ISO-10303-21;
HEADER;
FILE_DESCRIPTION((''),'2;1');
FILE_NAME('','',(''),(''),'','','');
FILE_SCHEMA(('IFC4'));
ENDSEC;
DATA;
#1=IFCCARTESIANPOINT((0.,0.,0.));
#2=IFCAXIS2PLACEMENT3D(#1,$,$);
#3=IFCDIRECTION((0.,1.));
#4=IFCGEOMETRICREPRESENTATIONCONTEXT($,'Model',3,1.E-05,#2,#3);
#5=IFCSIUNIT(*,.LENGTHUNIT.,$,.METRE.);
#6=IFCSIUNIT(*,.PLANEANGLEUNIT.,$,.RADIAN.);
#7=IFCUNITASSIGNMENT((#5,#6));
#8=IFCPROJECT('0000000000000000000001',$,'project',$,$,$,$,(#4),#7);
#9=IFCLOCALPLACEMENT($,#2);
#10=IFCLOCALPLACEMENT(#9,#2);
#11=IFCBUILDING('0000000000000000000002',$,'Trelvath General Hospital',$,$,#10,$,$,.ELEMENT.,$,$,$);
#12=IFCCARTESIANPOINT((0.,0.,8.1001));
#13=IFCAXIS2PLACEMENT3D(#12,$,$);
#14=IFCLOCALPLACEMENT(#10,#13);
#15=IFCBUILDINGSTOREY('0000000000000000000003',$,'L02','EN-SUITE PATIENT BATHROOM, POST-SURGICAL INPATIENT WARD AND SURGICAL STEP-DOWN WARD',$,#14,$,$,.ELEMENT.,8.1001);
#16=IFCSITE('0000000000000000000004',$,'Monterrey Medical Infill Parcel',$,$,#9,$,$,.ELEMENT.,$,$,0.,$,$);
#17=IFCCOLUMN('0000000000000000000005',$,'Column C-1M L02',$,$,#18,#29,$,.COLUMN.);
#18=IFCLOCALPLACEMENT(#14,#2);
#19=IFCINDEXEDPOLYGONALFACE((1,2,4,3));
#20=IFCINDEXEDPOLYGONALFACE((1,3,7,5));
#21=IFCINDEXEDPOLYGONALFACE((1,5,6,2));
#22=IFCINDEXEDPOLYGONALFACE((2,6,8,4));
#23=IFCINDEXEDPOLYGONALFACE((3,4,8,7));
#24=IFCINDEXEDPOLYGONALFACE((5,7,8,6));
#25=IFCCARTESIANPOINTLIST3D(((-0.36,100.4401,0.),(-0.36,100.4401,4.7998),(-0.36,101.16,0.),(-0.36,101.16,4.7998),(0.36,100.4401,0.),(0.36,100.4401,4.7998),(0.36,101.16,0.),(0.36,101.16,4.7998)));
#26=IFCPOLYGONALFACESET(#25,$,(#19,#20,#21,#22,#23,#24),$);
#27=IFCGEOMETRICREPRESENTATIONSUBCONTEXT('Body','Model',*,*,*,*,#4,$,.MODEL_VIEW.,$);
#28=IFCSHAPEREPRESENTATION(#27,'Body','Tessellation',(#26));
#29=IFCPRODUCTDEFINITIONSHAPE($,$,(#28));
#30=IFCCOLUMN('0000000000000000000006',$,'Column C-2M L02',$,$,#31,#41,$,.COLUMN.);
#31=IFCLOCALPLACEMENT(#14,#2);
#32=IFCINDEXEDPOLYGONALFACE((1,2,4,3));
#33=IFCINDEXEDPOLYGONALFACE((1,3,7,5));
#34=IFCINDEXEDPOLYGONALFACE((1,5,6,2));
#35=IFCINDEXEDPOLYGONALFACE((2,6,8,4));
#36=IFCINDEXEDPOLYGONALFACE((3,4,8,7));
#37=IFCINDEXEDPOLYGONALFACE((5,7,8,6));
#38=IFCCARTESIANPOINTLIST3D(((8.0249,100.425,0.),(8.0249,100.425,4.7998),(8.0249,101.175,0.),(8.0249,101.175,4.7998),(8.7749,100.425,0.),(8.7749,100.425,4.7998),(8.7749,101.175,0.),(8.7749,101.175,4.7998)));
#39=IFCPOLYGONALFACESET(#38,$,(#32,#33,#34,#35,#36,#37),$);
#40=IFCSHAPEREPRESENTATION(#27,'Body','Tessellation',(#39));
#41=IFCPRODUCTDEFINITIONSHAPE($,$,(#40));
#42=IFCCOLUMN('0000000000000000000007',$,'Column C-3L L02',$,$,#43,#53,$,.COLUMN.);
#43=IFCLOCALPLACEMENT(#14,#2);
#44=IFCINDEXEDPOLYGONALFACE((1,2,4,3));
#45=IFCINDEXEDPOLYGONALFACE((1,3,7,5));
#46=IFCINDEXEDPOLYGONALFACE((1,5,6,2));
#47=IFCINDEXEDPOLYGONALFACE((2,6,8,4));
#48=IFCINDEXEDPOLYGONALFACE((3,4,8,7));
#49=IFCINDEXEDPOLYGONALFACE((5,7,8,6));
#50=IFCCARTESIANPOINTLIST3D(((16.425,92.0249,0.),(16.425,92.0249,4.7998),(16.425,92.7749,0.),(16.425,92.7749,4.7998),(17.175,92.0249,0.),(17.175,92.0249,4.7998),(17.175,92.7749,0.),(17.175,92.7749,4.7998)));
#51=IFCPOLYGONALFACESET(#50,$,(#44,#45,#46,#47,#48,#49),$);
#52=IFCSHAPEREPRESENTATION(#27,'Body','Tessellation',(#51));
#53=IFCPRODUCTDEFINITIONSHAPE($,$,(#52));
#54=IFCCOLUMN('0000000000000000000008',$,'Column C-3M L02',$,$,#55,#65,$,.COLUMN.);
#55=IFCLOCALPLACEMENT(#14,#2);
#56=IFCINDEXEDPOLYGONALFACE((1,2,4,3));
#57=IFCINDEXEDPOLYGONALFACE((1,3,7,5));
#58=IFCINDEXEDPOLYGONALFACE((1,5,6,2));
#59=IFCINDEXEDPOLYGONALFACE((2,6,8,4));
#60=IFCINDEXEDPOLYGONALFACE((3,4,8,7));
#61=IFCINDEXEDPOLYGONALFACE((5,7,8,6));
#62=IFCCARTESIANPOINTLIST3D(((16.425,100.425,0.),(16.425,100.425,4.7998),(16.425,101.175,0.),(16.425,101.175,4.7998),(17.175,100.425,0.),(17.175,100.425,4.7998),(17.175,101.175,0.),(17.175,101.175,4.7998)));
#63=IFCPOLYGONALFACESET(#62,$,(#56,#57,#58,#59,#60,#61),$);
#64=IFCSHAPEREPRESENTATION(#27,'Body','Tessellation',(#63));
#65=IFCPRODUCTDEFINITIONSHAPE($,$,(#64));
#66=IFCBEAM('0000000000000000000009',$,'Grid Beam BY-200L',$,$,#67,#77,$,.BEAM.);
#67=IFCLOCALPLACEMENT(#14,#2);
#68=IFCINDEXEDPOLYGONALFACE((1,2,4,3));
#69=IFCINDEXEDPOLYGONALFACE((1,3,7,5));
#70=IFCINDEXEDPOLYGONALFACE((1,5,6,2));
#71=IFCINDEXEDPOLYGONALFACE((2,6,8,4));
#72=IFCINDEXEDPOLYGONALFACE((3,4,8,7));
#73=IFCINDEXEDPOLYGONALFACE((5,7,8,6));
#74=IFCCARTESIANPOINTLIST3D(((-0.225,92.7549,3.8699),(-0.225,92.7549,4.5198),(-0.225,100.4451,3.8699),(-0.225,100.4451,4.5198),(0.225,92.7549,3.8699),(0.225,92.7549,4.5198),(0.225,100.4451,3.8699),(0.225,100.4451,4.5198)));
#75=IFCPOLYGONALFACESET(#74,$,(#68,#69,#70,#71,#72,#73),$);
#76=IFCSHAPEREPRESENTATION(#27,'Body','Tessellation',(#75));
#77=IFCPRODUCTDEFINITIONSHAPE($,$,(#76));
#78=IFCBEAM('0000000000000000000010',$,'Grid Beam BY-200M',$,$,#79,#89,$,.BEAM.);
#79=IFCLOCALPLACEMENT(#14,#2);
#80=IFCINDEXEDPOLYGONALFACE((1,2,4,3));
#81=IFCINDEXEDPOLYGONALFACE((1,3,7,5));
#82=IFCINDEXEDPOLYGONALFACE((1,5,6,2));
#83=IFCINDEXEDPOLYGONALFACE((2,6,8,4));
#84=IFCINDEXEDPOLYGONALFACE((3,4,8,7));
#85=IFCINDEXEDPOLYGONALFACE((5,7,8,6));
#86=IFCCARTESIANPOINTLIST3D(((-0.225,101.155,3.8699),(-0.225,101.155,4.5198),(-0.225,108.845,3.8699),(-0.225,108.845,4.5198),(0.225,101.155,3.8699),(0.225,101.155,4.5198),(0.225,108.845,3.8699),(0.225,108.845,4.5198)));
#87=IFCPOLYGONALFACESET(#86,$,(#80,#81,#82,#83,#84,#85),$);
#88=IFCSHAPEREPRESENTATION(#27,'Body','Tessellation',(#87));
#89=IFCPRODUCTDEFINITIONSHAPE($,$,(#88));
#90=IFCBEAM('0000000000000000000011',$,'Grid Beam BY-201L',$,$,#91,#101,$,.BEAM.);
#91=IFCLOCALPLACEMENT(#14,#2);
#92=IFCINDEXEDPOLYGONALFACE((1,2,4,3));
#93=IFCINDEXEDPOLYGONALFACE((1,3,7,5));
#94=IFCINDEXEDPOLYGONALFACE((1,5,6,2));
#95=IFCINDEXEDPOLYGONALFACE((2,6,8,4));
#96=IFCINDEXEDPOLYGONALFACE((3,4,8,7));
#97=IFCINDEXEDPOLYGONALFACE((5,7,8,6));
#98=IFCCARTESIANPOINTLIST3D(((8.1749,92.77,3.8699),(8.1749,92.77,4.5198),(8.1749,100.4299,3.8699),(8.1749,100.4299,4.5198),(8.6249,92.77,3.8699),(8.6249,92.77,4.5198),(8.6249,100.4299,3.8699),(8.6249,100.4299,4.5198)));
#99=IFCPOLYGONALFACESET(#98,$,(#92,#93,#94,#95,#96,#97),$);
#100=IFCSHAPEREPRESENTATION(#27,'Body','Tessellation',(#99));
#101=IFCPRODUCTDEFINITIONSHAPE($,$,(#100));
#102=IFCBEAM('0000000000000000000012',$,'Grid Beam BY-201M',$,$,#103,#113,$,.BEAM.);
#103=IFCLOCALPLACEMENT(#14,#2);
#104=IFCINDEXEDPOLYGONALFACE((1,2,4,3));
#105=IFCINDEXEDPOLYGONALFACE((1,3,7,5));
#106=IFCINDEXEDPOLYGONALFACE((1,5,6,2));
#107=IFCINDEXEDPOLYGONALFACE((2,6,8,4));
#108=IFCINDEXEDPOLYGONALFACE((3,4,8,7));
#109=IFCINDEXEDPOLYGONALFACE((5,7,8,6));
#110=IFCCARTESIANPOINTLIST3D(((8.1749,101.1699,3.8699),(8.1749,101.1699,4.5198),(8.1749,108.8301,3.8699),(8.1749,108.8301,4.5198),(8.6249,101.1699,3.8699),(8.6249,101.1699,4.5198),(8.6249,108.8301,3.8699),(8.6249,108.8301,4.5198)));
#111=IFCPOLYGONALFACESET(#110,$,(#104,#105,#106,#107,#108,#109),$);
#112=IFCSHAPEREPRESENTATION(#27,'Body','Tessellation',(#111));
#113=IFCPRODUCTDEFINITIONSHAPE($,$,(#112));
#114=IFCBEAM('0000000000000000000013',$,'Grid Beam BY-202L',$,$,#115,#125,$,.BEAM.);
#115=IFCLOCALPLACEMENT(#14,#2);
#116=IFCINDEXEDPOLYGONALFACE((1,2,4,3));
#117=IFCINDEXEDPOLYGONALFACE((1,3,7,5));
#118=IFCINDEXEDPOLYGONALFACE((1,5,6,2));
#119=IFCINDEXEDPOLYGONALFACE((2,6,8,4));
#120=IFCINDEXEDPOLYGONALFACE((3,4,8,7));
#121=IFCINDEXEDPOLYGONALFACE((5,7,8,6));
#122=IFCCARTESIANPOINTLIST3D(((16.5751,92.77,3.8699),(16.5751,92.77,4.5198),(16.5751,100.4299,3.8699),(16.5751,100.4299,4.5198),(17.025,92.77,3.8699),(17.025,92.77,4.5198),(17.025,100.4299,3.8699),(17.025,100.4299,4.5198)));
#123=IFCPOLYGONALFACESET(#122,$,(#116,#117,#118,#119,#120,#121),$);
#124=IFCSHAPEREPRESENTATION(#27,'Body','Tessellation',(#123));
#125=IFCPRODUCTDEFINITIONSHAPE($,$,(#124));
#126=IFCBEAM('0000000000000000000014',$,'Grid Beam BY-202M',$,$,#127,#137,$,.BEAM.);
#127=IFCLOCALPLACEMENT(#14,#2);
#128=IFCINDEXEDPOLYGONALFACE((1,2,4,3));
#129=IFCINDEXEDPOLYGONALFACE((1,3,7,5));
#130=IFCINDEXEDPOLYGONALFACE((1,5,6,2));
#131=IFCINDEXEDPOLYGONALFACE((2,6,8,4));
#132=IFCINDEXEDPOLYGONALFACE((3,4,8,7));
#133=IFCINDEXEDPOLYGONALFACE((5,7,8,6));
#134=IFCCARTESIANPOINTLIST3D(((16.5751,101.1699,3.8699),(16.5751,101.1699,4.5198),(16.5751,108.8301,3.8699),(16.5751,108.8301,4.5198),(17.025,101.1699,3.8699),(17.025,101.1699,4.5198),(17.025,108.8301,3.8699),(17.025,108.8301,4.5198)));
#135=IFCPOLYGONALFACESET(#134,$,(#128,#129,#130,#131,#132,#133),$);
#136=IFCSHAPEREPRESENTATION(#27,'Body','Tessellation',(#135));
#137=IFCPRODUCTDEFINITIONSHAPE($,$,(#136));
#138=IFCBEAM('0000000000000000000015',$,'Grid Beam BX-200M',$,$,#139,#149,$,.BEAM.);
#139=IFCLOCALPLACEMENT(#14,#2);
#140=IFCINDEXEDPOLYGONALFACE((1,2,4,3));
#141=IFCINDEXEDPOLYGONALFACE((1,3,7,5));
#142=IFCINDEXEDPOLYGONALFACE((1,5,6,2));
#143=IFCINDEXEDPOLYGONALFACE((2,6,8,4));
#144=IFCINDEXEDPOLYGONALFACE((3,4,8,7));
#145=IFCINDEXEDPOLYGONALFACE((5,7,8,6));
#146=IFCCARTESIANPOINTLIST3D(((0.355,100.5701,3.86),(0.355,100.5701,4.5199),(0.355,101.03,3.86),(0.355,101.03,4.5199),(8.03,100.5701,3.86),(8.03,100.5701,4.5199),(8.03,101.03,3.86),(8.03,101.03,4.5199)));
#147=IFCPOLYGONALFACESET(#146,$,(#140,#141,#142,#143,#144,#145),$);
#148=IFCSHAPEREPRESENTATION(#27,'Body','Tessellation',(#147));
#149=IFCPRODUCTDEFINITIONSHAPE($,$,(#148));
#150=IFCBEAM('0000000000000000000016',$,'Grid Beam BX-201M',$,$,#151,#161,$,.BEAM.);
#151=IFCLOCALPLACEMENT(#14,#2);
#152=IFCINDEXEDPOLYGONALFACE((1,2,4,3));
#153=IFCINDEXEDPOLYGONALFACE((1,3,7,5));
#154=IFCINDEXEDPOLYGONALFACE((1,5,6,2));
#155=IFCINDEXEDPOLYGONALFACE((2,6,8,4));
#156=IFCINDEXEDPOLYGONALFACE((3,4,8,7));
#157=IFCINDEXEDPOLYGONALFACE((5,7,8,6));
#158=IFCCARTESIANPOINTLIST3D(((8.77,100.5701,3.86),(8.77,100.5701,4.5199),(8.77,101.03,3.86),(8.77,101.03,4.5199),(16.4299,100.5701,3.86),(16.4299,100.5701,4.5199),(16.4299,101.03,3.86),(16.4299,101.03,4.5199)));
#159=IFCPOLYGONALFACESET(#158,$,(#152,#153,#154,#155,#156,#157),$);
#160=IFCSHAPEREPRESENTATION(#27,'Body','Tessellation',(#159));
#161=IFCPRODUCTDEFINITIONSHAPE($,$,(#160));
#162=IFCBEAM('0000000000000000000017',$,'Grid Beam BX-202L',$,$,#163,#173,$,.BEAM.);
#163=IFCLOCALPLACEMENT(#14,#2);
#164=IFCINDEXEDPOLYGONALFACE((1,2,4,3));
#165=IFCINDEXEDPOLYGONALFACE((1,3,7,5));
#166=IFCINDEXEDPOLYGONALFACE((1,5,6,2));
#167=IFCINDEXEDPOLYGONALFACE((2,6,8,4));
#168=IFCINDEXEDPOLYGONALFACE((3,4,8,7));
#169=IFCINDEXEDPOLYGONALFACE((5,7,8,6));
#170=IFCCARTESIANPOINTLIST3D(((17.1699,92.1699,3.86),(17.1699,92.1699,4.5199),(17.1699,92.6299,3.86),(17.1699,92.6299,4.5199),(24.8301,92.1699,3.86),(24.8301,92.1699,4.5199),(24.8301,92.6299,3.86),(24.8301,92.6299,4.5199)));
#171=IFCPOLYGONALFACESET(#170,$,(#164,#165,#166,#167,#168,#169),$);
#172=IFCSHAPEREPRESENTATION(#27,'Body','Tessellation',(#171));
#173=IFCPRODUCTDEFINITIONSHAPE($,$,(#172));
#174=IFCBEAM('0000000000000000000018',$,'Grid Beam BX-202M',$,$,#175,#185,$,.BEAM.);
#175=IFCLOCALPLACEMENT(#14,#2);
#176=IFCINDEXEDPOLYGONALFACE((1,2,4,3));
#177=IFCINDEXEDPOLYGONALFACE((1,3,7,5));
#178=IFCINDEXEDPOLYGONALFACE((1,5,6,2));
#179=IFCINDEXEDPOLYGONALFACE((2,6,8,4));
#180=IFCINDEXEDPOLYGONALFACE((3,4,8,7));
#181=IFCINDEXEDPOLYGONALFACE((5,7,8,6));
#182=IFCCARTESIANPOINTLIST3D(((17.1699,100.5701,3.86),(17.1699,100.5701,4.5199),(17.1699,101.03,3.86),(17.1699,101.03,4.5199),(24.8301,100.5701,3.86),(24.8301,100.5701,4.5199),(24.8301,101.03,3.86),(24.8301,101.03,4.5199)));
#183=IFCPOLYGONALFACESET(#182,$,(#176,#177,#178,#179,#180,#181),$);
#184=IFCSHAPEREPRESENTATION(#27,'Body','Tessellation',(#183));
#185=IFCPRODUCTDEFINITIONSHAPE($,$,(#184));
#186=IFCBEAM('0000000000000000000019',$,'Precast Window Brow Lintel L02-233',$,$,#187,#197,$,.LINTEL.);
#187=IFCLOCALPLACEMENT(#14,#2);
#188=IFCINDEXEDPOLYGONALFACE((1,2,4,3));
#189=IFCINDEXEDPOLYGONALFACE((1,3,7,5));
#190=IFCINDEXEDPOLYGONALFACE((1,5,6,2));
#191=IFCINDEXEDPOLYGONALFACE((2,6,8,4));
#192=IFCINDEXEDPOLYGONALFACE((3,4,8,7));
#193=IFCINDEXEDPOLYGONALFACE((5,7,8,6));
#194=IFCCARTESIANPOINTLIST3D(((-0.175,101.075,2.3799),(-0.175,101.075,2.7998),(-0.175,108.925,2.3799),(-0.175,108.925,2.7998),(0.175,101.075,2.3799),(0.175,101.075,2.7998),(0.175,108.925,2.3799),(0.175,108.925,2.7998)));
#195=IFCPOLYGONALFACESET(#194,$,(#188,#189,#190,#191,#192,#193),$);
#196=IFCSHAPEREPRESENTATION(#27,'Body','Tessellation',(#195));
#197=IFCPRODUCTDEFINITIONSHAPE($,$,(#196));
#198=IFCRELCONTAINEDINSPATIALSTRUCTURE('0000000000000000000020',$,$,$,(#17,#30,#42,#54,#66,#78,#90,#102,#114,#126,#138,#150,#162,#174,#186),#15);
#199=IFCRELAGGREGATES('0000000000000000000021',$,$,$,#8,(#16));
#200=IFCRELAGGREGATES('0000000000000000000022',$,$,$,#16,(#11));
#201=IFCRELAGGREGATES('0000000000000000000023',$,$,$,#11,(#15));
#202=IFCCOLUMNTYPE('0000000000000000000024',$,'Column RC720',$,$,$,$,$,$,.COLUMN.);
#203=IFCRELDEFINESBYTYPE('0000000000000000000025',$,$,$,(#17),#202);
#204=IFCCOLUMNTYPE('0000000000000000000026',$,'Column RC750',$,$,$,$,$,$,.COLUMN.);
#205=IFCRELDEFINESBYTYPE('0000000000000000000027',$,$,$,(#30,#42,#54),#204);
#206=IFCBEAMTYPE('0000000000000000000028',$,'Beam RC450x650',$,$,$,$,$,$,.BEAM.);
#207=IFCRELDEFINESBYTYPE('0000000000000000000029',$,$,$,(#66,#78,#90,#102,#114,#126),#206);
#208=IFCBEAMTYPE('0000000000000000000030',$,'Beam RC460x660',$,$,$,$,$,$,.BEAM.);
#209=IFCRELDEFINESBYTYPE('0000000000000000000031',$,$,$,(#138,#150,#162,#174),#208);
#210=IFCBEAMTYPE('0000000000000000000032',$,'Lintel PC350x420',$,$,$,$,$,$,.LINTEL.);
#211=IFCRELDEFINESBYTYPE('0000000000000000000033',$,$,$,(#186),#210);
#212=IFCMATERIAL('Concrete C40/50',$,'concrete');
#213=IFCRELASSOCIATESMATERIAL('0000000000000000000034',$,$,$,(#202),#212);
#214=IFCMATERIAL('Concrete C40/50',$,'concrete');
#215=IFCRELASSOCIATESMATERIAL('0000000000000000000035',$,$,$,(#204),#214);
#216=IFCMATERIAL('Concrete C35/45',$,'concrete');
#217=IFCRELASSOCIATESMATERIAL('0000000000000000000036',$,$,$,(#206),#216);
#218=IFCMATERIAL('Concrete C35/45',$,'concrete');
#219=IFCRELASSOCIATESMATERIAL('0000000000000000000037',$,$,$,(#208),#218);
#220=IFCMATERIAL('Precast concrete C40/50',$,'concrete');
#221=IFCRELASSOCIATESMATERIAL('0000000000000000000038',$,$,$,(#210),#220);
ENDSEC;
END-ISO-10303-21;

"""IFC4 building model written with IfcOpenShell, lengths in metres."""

from ifc_helpers import new_model, si_unit, direction, frame, origin, origin_2d, place, context, subcontext, project, spatial, rectangle, extrude, material, material_profile, profile_set, type_object, element, save


model = new_model("IFC4")

# Units and contexts
model_context = context("Model", 3, precision=1e-05, world=origin(), true_north=direction((0.0, 1.0)))
body_context = subcontext(model_context, "Body", "Model", "MODEL_VIEW")
ifc_project = project(units=[si_unit("LENGTHUNIT", "METRE"), si_unit("PLANEANGLEUNIT", "RADIAN")], contexts=[model_context])

# Site, building, storey
site_placement = place(None, origin())
site = spatial("IfcSite", under=ifc_project, at=site_placement, Name="Monterrey Medical Infill Parcel", CompositionType="ELEMENT", RefElevation=0.0)
building_placement = place(site_placement, origin())
building = spatial("IfcBuilding", under=site, at=building_placement, Name="Trelvath General Hospital", CompositionType="ELEMENT")
storey_placement = place(building_placement, frame((0.0, 0.0, 8.1001)))
storey = spatial("IfcBuildingStorey", under=building, at=storey_placement, Name="L02", Description="EN-SUITE PATIENT BATHROOM, POST-SURGICAL INPATIENT WARD AND SURGICAL STEP-DOWN WARD", CompositionType="ELEMENT", Elevation=8.1001)

# Columns
ifc_material_1 = material(Name="Concrete C40/50", Category="concrete")
ifc_material_profile_1 = material_profile(ifc_material_1, rectangle(XDim=0.72, YDim=0.72, at=origin_2d()), Name="RC720x720")
ifc_profile_set_1 = profile_set([ifc_material_profile_1], Name="Concrete C40/50")
column_type_1 = type_object("IfcColumnType", Name="Column RC720", PredefinedType="COLUMN", material=ifc_profile_set_1)
column_placement = place(storey_placement, frame((0.0, 100.8, 0.0), z_axis=(0.0, 0.0, 1.0), x_axis=(1.0, 0.0, 0.0)))
element("IfcColumn", 1, at=column_placement, inside=storey, type_object=column_type_1, Name="Column C-1M L02", PredefinedType="COLUMN", context=body_context, shape_type="SweptSolid", body=[
    extrude(rectangle(XDim=0.72, YDim=0.72, at=origin_2d()), origin(), (0.0, 0.0, 1.0), 4.7998),
])
ifc_material_2 = material(Name="Concrete C40/50", Category="concrete")
ifc_material_profile_2 = material_profile(ifc_material_2, rectangle(XDim=0.75, YDim=0.75, at=origin_2d()), Name="RC750x750")
ifc_profile_set_2 = profile_set([ifc_material_profile_2], Name="Concrete C40/50")
column_type_2 = type_object("IfcColumnType", Name="Column RC750", PredefinedType="COLUMN", material=ifc_profile_set_2)
for number, where, z_axis, x_axis, name in (
    (2, (8.3999, 100.8, 0.0), (0.0, 0.0, 1.0), (1.0, 0.0, 0.0), "Column C-2M L02"),
    (3, (16.8, 92.3999, 0.0), (0.0, 0.0, 1.0), (1.0, 0.0, 0.0), "Column C-3L L02"),
    (4, (16.8, 100.8, 0.0), (0.0, 0.0, 1.0), (1.0, 0.0, 0.0), "Column C-3M L02"),
):
    element("IfcColumn", number, at=place(storey_placement, frame(where, z_axis=z_axis, x_axis=x_axis)), inside=storey, type_object=column_type_2, Name=name, PredefinedType="COLUMN", context=body_context, shape_type="SweptSolid", body=[
        extrude(rectangle(XDim=0.75, YDim=0.75, at=origin_2d()), origin(), (0.0, 0.0, 1.0), 4.7998),
    ])

# Beams
ifc_material_3 = material(Name="Concrete C35/45", Category="concrete")
ifc_material_profile_3 = material_profile(ifc_material_3, rectangle(XDim=0.45, YDim=0.6499, at=origin_2d()), Name="RCB450x650")
ifc_profile_set_3 = profile_set([ifc_material_profile_3], Name="Concrete C35/45")
beam_type_1 = type_object("IfcBeamType", Name="Beam RC450x650", PredefinedType="BEAM", material=ifc_profile_set_3)
beam_1_placement = place(storey_placement, frame((0.0, 92.7549, 4.1948), z_axis=(0.0, 1.0, 0.0), x_axis=(-1.0, 0.0, 0.0)))
element("IfcBeam", 5, at=beam_1_placement, inside=storey, type_object=beam_type_1, Name="Grid Beam BY-200L", PredefinedType="BEAM", context=body_context, shape_type="SweptSolid", body=[
    extrude(rectangle(XDim=0.45, YDim=0.6499, at=origin_2d()), origin(), (0.0, 0.0, 1.0), 7.6902),
])
beam_2_placement = place(storey_placement, frame((0.0, 101.155, 4.1948), z_axis=(0.0, 1.0, 0.0), x_axis=(-1.0, 0.0, 0.0)))
element("IfcBeam", 6, at=beam_2_placement, inside=storey, type_object=beam_type_1, Name="Grid Beam BY-200M", PredefinedType="BEAM", context=body_context, shape_type="SweptSolid", body=[
    extrude(rectangle(XDim=0.45, YDim=0.6499, at=origin_2d()), origin(), (0.0, 0.0, 1.0), 7.6899),
])
beam_3_placement = place(storey_placement, frame((8.3999, 92.77, 4.1948), z_axis=(0.0, 1.0, 0.0), x_axis=(-1.0, 0.0, 0.0)))
element("IfcBeam", 7, at=beam_3_placement, inside=storey, type_object=beam_type_1, Name="Grid Beam BY-201L", PredefinedType="BEAM", context=body_context, shape_type="SweptSolid", body=[
    extrude(rectangle(XDim=0.45, YDim=0.6499, at=origin_2d()), origin(), (0.0, 0.0, 1.0), 7.6599),
])
beam_4_placement = place(storey_placement, frame((8.3999, 101.1699, 4.1948), z_axis=(0.0, 1.0, 0.0), x_axis=(-1.0, 0.0, 0.0)))
element("IfcBeam", 8, at=beam_4_placement, inside=storey, type_object=beam_type_1, Name="Grid Beam BY-201M", PredefinedType="BEAM", context=body_context, shape_type="SweptSolid", body=[
    extrude(rectangle(XDim=0.45, YDim=0.6499, at=origin_2d()), origin(), (0.0, 0.0, 1.0), 7.6602),
])
beam_5_placement = place(storey_placement, frame((16.8, 92.77, 4.1948), z_axis=(0.0, 1.0, 0.0), x_axis=(-1.0, 0.0, 0.0)))
element("IfcBeam", 9, at=beam_5_placement, inside=storey, type_object=beam_type_1, Name="Grid Beam BY-202L", PredefinedType="BEAM", context=body_context, shape_type="SweptSolid", body=[
    extrude(rectangle(XDim=0.45, YDim=0.6499, at=origin_2d()), origin(), (0.0, 0.0, 1.0), 7.6599),
])
beam_6_placement = place(storey_placement, frame((16.8, 101.1699, 4.1948), z_axis=(0.0, 1.0, 0.0), x_axis=(-1.0, 0.0, 0.0)))
element("IfcBeam", 10, at=beam_6_placement, inside=storey, type_object=beam_type_1, Name="Grid Beam BY-202M", PredefinedType="BEAM", context=body_context, shape_type="SweptSolid", body=[
    extrude(rectangle(XDim=0.45, YDim=0.6499, at=origin_2d()), origin(), (0.0, 0.0, 1.0), 7.6602),
])
ifc_material_4 = material(Name="Concrete C35/45", Category="concrete")
ifc_material_profile_4 = material_profile(ifc_material_4, rectangle(XDim=0.46, YDim=0.6599, at=origin_2d()), Name="RCB460x660")
ifc_profile_set_4 = profile_set([ifc_material_profile_4], Name="Concrete C35/45")
beam_type_2 = type_object("IfcBeamType", Name="Beam RC460x660", PredefinedType="BEAM", material=ifc_profile_set_4)
beam_7_placement = place(storey_placement, frame((0.355, 100.8, 4.1899), z_axis=(1.0, 0.0, 0.0), x_axis=(0.0, 1.0, 0.0)))
element("IfcBeam", 11, at=beam_7_placement, inside=storey, type_object=beam_type_2, Name="Grid Beam BX-200M", PredefinedType="BEAM", context=body_context, shape_type="SweptSolid", body=[
    extrude(rectangle(XDim=0.46, YDim=0.6599, at=origin_2d()), origin(), (0.0, 0.0, 1.0), 7.675),
])
beam_8_placement = place(storey_placement, frame((8.77, 100.8, 4.1899), z_axis=(1.0, 0.0, 0.0), x_axis=(0.0, 1.0, 0.0)))
element("IfcBeam", 12, at=beam_8_placement, inside=storey, type_object=beam_type_2, Name="Grid Beam BX-201M", PredefinedType="BEAM", context=body_context, shape_type="SweptSolid", body=[
    extrude(rectangle(XDim=0.46, YDim=0.6599, at=origin_2d()), origin(), (0.0, 0.0, 1.0), 7.6599),
])
for number, where, z_axis, x_axis, name in (
    (13, (17.1699, 92.3999, 4.1899), (1.0, 0.0, 0.0), (0.0, 1.0, 0.0), "Grid Beam BX-202L"),
    (14, (17.1699, 100.8, 4.1899), (1.0, 0.0, 0.0), (0.0, 1.0, 0.0), "Grid Beam BX-202M"),
):
    element("IfcBeam", number, at=place(storey_placement, frame(where, z_axis=z_axis, x_axis=x_axis)), inside=storey, type_object=beam_type_2, Name=name, PredefinedType="BEAM", context=body_context, shape_type="SweptSolid", body=[
        extrude(rectangle(XDim=0.46, YDim=0.6599, at=origin_2d()), origin(), (0.0, 0.0, 1.0), 7.6602),
    ])
ifc_material_5 = material(Name="Precast concrete C40/50", Category="concrete")
ifc_material_profile_5 = material_profile(ifc_material_5, rectangle(XDim=0.3501, YDim=0.4199, at=origin_2d()), Name="PCL350x420")
ifc_profile_set_5 = profile_set([ifc_material_profile_5], Name="Precast concrete C40/50")
beam_type_3 = type_object("IfcBeamType", Name="Lintel PC350x420", PredefinedType="LINTEL", material=ifc_profile_set_5)
beam_9_placement = place(storey_placement, frame((0.0, 101.075, 2.5898), z_axis=(0.0, 1.0, 0.0), x_axis=(-1.0, 0.0, 0.0)))
element("IfcBeam", 15, at=beam_9_placement, inside=storey, type_object=beam_type_3, Name="Precast Window Brow Lintel L02-233", PredefinedType="LINTEL", context=body_context, shape_type="SweptSolid", body=[
    extrude(rectangle(XDim=0.3501, YDim=0.4199, at=origin_2d()), origin(), (0.0, 0.0, 1.0), 7.8501),
])

save(model, "model.ifc")
